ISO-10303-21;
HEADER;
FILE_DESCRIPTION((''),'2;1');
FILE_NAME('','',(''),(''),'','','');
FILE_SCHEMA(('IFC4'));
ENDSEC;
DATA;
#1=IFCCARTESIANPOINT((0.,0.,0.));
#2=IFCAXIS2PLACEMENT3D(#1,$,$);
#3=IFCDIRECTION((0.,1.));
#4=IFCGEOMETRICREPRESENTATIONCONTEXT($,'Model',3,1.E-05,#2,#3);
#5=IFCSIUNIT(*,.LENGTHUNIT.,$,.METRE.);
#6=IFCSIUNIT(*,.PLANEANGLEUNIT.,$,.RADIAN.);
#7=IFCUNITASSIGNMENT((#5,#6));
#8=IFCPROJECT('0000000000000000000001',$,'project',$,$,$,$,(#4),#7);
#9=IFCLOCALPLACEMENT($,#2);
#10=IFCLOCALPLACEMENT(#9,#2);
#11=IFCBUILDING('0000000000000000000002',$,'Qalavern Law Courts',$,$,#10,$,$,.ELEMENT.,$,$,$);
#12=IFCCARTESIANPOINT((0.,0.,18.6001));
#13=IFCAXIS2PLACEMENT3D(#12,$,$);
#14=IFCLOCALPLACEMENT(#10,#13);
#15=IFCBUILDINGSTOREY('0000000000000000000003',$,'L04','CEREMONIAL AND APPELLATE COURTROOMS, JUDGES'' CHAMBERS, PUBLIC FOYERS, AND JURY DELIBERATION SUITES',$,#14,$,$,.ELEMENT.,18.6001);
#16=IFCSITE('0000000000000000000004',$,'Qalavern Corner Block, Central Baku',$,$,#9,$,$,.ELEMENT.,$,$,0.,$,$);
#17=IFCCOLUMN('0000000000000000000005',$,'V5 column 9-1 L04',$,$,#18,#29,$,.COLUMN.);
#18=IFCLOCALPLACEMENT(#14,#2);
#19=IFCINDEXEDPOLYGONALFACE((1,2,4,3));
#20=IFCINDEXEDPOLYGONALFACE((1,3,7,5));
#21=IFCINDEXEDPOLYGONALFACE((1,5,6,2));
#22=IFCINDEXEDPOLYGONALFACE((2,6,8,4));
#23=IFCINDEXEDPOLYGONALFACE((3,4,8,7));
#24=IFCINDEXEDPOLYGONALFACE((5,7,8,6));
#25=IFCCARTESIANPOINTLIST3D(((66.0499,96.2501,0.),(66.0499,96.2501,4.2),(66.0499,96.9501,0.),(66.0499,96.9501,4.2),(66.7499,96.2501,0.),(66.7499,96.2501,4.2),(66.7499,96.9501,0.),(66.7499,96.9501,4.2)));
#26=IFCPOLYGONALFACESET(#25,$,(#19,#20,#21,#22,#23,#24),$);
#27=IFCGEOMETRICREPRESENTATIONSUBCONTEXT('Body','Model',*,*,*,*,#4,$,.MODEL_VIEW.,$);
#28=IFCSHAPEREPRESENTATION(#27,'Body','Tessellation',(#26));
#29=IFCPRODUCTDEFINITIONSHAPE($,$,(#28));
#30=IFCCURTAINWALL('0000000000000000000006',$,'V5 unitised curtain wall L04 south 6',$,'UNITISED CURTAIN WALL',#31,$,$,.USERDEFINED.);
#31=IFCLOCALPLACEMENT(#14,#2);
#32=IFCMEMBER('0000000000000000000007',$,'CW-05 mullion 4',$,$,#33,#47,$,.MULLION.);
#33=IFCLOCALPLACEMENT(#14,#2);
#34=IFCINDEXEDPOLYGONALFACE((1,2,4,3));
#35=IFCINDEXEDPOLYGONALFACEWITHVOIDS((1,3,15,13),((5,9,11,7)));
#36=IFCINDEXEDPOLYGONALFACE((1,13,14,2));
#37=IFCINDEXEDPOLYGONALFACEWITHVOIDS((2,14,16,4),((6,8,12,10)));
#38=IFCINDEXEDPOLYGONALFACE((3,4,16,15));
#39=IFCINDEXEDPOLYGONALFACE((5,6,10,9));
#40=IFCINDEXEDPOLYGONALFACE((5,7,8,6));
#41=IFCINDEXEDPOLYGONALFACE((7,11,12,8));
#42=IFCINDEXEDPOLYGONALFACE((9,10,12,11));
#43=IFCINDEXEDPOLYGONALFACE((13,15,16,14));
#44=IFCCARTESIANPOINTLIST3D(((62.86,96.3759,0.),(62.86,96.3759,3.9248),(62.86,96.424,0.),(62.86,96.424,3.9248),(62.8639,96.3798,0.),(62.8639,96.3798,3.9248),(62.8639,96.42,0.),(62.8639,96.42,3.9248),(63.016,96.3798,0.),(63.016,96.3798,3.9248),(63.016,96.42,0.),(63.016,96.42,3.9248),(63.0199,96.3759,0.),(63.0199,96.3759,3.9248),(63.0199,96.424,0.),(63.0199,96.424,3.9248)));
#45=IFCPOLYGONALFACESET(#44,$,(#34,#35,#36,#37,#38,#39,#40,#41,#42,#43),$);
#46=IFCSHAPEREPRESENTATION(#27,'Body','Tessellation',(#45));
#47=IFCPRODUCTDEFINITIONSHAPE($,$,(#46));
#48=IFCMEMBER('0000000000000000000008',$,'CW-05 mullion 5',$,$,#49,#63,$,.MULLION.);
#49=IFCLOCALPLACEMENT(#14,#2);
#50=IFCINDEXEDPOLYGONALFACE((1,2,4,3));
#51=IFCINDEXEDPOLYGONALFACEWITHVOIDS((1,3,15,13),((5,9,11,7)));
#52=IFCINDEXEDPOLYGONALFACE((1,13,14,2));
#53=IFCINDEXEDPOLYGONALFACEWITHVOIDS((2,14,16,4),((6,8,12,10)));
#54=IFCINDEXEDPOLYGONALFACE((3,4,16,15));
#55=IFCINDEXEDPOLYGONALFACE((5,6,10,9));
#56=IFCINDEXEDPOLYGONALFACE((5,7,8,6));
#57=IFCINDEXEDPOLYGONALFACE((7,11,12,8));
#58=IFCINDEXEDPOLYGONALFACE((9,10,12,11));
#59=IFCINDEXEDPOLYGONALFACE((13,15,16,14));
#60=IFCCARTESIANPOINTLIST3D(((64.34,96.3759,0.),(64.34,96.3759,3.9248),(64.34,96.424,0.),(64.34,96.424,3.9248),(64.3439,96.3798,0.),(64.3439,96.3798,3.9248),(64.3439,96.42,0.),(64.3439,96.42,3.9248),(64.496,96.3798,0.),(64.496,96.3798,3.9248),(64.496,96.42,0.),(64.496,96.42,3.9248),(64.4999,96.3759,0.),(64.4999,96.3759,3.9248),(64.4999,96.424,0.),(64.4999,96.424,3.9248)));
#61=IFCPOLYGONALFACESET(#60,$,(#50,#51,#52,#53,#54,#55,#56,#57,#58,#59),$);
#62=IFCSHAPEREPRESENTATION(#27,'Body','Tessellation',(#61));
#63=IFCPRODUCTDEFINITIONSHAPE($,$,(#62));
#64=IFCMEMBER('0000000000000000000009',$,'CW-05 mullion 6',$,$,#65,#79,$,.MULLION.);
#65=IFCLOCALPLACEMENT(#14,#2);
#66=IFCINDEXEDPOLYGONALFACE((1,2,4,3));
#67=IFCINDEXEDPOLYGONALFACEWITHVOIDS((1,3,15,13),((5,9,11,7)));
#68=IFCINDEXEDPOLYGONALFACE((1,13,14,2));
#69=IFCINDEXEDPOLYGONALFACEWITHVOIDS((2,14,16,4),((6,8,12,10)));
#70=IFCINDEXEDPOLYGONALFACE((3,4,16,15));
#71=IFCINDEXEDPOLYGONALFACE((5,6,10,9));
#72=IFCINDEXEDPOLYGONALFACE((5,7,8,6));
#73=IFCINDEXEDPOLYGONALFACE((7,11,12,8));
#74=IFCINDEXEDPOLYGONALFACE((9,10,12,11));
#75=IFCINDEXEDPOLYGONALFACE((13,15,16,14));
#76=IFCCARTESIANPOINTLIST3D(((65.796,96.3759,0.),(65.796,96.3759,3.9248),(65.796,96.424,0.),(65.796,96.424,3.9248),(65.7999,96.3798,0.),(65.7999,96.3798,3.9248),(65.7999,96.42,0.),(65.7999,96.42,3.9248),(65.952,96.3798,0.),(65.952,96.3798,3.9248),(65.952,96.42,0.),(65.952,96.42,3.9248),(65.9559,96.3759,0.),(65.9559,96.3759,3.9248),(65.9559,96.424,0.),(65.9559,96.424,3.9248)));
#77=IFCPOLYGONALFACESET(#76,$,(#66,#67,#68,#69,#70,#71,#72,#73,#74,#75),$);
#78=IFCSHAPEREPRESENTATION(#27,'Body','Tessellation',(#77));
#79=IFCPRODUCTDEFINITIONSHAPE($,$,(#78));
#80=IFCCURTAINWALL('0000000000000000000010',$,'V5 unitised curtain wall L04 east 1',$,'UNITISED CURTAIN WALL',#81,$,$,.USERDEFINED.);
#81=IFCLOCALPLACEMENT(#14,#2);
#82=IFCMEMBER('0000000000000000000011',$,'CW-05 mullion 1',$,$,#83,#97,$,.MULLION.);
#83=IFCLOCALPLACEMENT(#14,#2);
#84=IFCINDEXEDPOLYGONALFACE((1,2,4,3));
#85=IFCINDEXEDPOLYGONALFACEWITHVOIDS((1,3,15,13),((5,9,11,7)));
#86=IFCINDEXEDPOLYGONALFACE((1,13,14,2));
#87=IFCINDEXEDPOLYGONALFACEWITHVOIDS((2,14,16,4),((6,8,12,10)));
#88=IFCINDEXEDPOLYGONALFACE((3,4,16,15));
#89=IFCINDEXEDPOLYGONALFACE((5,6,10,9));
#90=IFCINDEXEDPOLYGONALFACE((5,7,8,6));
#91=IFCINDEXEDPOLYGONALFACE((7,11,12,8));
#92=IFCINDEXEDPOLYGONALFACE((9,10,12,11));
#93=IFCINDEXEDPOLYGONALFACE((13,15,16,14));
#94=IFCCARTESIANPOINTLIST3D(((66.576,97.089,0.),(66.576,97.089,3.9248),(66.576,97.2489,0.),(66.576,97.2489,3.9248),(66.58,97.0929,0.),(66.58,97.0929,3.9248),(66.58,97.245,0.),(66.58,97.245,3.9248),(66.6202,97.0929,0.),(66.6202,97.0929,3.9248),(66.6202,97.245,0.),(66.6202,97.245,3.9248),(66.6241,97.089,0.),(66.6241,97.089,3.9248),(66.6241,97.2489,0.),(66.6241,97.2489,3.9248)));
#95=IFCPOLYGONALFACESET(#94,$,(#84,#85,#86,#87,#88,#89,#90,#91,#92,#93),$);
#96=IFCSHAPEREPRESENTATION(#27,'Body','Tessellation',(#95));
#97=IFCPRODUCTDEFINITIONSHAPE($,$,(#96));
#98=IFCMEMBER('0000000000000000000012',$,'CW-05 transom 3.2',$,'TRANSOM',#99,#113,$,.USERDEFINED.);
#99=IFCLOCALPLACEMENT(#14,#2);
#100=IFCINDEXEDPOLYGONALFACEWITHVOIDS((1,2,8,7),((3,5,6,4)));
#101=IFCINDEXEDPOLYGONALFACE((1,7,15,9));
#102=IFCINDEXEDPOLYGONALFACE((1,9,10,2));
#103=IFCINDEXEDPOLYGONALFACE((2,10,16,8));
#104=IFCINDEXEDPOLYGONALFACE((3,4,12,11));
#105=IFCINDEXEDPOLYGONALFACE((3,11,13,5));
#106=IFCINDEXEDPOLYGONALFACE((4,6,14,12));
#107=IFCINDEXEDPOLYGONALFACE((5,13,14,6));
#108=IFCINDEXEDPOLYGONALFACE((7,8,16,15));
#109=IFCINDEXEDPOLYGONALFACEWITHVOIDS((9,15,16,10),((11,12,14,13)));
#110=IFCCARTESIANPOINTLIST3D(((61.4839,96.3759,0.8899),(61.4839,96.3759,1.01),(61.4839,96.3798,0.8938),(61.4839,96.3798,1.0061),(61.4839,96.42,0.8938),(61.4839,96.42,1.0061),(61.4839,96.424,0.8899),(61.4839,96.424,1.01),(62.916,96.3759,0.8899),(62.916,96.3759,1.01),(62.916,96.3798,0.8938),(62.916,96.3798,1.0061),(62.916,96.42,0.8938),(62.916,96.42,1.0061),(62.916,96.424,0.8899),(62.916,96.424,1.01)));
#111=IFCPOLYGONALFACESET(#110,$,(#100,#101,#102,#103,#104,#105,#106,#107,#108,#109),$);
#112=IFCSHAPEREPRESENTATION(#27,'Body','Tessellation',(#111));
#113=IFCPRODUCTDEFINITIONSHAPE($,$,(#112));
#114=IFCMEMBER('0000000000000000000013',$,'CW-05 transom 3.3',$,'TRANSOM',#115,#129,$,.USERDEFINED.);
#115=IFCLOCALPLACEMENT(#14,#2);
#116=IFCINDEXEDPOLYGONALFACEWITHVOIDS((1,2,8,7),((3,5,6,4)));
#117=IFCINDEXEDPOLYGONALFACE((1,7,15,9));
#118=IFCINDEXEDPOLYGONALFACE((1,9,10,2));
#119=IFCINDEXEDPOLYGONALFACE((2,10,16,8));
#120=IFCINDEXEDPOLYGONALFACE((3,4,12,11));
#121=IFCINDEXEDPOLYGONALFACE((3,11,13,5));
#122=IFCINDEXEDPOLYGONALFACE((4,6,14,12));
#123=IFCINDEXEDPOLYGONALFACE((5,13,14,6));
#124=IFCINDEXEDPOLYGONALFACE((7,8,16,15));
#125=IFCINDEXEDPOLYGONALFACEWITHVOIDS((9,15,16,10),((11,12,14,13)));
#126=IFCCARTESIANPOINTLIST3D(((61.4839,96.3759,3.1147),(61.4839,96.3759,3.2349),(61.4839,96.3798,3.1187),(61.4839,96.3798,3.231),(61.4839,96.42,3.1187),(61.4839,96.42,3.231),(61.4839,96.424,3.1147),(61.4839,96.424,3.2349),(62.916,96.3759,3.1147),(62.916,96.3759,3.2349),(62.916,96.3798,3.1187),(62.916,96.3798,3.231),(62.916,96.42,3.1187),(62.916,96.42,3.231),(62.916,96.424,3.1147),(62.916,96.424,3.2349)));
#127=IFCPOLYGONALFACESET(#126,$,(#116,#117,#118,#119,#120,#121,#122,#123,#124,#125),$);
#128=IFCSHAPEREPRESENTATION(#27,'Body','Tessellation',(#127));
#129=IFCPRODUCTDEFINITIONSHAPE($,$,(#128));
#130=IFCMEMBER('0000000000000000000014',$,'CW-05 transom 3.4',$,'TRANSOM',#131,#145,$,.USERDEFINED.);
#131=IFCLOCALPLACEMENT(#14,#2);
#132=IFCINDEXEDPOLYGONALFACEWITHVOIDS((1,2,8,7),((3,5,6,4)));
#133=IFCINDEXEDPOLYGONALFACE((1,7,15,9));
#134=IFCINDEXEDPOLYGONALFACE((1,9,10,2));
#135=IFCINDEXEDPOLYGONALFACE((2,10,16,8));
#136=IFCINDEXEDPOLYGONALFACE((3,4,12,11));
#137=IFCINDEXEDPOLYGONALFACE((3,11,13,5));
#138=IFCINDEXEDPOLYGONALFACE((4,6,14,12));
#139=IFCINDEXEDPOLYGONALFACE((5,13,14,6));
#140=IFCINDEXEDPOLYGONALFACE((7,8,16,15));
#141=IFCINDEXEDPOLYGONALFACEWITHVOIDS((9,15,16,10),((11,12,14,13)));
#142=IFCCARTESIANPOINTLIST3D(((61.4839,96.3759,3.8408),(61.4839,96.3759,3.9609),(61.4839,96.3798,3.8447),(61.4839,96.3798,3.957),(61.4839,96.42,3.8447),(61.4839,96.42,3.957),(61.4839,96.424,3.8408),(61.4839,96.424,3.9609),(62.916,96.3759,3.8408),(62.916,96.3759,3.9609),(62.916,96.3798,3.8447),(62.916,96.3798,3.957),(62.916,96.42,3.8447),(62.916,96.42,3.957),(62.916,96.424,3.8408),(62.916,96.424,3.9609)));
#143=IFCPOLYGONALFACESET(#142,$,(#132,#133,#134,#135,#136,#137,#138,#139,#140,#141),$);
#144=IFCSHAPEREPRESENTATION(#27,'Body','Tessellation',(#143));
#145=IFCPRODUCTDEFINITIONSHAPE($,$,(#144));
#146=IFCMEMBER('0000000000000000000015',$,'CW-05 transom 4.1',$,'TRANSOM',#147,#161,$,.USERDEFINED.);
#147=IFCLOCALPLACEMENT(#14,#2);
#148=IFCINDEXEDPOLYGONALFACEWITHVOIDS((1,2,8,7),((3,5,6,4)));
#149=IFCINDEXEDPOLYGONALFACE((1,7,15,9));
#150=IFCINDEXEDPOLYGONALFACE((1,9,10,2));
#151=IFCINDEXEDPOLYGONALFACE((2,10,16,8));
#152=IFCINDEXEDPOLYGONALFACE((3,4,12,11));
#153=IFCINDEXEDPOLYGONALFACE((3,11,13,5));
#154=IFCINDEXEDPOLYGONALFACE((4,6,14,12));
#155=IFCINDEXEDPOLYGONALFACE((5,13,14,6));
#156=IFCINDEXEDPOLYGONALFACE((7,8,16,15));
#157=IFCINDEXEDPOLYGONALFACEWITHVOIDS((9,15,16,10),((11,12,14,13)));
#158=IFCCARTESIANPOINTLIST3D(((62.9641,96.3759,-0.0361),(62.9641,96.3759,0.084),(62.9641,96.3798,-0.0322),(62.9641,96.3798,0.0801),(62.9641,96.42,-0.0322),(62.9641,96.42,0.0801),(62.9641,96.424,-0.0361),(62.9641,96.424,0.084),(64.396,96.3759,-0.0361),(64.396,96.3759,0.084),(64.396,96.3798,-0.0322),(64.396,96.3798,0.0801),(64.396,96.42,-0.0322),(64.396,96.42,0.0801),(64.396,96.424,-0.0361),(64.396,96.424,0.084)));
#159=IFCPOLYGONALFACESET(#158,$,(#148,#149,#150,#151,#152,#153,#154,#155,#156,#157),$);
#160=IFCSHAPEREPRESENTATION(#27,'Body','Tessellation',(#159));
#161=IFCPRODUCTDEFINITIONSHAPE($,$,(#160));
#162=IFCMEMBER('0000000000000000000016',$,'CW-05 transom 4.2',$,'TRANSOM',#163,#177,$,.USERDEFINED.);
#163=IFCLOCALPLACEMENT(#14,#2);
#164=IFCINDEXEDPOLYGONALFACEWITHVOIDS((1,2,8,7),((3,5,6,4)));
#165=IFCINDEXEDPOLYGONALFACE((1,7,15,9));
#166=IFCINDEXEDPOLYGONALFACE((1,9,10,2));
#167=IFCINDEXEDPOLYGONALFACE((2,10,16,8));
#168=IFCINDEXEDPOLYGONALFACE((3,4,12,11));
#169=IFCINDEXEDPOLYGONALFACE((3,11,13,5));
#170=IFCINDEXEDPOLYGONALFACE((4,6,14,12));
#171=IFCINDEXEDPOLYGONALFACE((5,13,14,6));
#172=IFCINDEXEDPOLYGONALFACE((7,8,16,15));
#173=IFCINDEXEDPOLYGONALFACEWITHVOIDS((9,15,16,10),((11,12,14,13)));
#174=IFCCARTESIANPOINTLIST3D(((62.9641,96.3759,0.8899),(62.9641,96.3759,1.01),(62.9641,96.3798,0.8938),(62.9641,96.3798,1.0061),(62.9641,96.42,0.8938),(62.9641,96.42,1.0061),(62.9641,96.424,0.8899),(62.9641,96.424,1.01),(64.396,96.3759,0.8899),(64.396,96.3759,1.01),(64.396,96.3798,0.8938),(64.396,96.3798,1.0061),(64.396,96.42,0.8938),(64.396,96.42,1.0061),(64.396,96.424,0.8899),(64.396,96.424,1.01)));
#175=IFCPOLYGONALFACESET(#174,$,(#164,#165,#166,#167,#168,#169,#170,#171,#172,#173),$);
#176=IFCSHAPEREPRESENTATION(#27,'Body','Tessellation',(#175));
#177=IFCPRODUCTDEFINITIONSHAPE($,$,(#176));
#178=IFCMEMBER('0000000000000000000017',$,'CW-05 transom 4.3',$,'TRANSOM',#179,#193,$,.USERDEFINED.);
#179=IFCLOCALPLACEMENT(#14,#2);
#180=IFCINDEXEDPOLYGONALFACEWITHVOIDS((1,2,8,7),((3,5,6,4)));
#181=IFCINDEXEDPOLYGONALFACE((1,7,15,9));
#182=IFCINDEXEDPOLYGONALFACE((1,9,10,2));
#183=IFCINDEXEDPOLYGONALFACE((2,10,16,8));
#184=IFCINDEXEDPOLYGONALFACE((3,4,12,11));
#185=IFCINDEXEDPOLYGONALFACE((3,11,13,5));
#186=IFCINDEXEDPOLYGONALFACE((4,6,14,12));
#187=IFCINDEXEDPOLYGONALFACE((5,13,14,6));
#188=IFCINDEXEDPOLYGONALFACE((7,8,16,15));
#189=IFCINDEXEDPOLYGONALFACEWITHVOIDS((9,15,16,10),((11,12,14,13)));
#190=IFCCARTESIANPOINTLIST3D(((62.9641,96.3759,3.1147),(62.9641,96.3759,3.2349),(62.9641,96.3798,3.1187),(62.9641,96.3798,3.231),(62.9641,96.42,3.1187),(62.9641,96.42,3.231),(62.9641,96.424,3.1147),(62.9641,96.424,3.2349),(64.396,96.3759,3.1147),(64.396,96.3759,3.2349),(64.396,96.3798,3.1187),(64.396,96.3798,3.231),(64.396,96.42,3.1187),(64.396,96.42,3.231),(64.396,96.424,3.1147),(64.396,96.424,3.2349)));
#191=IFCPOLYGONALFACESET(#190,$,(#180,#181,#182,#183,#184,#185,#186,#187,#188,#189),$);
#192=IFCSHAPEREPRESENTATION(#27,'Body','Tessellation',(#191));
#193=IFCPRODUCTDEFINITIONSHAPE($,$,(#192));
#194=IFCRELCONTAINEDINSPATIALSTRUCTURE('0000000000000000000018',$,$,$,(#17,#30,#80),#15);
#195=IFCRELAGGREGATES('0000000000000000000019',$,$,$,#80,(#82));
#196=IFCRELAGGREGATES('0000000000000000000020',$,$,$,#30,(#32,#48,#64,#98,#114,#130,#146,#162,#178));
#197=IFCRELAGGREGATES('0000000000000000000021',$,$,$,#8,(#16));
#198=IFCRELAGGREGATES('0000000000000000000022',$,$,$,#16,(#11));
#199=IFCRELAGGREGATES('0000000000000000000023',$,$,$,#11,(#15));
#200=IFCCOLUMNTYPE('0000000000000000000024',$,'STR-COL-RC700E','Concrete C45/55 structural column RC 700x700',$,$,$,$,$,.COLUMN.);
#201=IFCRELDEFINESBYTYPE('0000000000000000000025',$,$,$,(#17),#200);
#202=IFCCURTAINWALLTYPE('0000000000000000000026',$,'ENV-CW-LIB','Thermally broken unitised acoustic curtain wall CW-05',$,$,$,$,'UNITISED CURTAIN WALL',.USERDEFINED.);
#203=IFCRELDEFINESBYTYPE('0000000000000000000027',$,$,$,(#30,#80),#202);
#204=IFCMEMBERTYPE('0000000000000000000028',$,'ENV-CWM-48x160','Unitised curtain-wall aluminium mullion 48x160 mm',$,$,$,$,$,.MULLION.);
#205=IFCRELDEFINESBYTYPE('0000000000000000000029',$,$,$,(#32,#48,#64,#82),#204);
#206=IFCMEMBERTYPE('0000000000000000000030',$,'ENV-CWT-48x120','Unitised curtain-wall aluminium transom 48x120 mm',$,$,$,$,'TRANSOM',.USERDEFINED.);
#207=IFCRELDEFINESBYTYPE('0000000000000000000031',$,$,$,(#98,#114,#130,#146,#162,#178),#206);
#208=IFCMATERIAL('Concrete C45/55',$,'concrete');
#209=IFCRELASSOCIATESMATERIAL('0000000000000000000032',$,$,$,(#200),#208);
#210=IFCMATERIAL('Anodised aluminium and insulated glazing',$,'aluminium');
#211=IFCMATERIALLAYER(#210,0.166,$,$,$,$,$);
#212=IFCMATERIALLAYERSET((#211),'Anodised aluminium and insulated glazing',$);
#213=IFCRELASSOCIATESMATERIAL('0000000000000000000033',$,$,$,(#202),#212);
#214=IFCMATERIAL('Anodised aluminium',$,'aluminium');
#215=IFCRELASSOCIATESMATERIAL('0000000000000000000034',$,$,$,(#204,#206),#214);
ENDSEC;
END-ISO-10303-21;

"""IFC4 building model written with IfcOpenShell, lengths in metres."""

from ifc_helpers import new_model, si_unit, direction, frame, origin, origin_2d, place, context, subcontext, project, spatial, rectangle, hollow_rectangle, extrude, material, layer, layer_set, material_profile, profile_set, type_object, element, aggregate, save


model = new_model("IFC4")

# Units and contexts
model_context = context("Model", 3, precision=1e-05, world=origin(), true_north=direction((0.0, 1.0)))
body_context = subcontext(model_context, "Body", "Model", "MODEL_VIEW")
ifc_project = project(units=[si_unit("LENGTHUNIT", "METRE"), si_unit("PLANEANGLEUNIT", "RADIAN")], contexts=[model_context])

# Site, building, storey
site_placement = place(None, origin())
site = spatial("IfcSite", under=ifc_project, at=site_placement, Name="Qalavern Corner Block, Central Baku", CompositionType="ELEMENT", RefElevation=0.0)
building_placement = place(site_placement, origin())
building = spatial("IfcBuilding", under=site, at=building_placement, Name="Qalavern Law Courts", CompositionType="ELEMENT")
storey_placement = place(building_placement, frame((0.0, 0.0, 18.6001)))
storey = spatial("IfcBuildingStorey", under=building, at=storey_placement, Name="L04", Description="CEREMONIAL AND APPELLATE COURTROOMS, JUDGES' CHAMBERS, PUBLIC FOYERS, AND JURY DELIBERATION SUITES", CompositionType="ELEMENT", Elevation=18.6001)

# Column
ifc_material_1 = material(Name="Concrete C45/55", Category="concrete")
ifc_material_profile_1 = material_profile(ifc_material_1, rectangle(XDim=0.7, YDim=0.7, at=origin_2d()), Name="RC 700x700")
ifc_profile_set_1 = profile_set([ifc_material_profile_1], Name="Concrete C45/55")
column_type = type_object("IfcColumnType", Name="STR-COL-RC700E", Description="Concrete C45/55 structural column RC 700x700", PredefinedType="COLUMN", material=ifc_profile_set_1)
column_placement = place(storey_placement, frame((66.3999, 96.6001, 0.0), z_axis=(0.0, 0.0, 1.0), x_axis=(1.0, 0.0, 0.0)))
element("IfcColumn", 1, at=column_placement, inside=storey, type_object=column_type, Name="V5 column 9-1 L04", PredefinedType="COLUMN", context=body_context, shape_type="SweptSolid", body=[
    extrude(rectangle(XDim=0.7, YDim=0.7, at=origin_2d()), origin(), (0.0, 0.0, 1.0), 4.2),
])

# Curtain wall, members
ifc_material_2 = material(Name="Anodised aluminium and insulated glazing", Category="aluminium")
ifc_layer_1 = layer(ifc_material_2, 0.166)
ifc_layer_set_1 = layer_set([ifc_layer_1], Name="Anodised aluminium and insulated glazing")
curtain_wall_type = type_object("IfcCurtainWallType", Name="ENV-CW-LIB", Description="Thermally broken unitised acoustic curtain wall CW-05", ElementType="UNITISED CURTAIN WALL", PredefinedType="USERDEFINED", material=ifc_layer_set_1)
curtain_wall_1_placement = place(storey_placement, origin())
curtain_wall_1 = element("IfcCurtainWall", 2, at=curtain_wall_1_placement, inside=storey, type_object=curtain_wall_type, Name="V5 unitised curtain wall L04 south 6", ObjectType="UNITISED CURTAIN WALL", PredefinedType="USERDEFINED")
ifc_material_3 = material(Name="Anodised aluminium", Category="aluminium")
ifc_material_profile_2 = material_profile(ifc_material_3, hollow_rectangle(XDim=0.0481, YDim=0.1599, WallThickness=0.0039, at=origin_2d()), Name="ALU MULLION 48x160")
ifc_profile_set_2 = profile_set([ifc_material_profile_2], Name="Anodised aluminium")
member_type_1 = type_object("IfcMemberType", Name="ENV-CWM-48x160", Description="Unitised curtain-wall aluminium mullion 48x160 mm", PredefinedType="MULLION", material=ifc_profile_set_2)
member_1_placement = place(storey_placement, frame((62.9399, 96.3999, 0.0), z_axis=(0.0, 0.0, 1.0), x_axis=(0.0, 1.0, 0.0)))
member_1 = element("IfcMember", 3, at=member_1_placement, type_object=member_type_1, Name="CW-05 mullion 4", PredefinedType="MULLION", context=body_context, shape_type="SweptSolid", body=[
    extrude(hollow_rectangle(XDim=0.0481, YDim=0.1599, WallThickness=0.0039, at=origin_2d()), origin(), (0.0, 0.0, 1.0), 3.9248),
])
member_2_placement = place(storey_placement, frame((64.4199, 96.3999, 0.0), z_axis=(0.0, 0.0, 1.0), x_axis=(0.0, 1.0, 0.0)))
member_2 = element("IfcMember", 4, at=member_2_placement, type_object=member_type_1, Name="CW-05 mullion 5", PredefinedType="MULLION", context=body_context, shape_type="SweptSolid", body=[
    extrude(hollow_rectangle(XDim=0.0481, YDim=0.1599, WallThickness=0.0039, at=origin_2d()), origin(), (0.0, 0.0, 1.0), 3.9248),
])
member_3_placement = place(storey_placement, frame((65.876, 96.3999, 0.0), z_axis=(0.0, 0.0, 1.0), x_axis=(0.0, 1.0, 0.0)))
member_3 = element("IfcMember", 5, at=member_3_placement, type_object=member_type_1, Name="CW-05 mullion 6", PredefinedType="MULLION", context=body_context, shape_type="SweptSolid", body=[
    extrude(hollow_rectangle(XDim=0.0481, YDim=0.1599, WallThickness=0.0039, at=origin_2d()), origin(), (0.0, 0.0, 1.0), 3.9248),
])

# Curtain wall, member
curtain_wall_2_placement = place(storey_placement, origin())
curtain_wall_2 = element("IfcCurtainWall", 6, at=curtain_wall_2_placement, inside=storey, type_object=curtain_wall_type, Name="V5 unitised curtain wall L04 east 1", ObjectType="UNITISED CURTAIN WALL", PredefinedType="USERDEFINED")
member_4_placement = place(storey_placement, frame((66.6001, 97.1689, 0.0), z_axis=(0.0, 0.0, 1.0), x_axis=(-1.0, 0.0, 0.0)))
member_4 = element("IfcMember", 7, at=member_4_placement, type_object=member_type_1, Name="CW-05 mullion 1", PredefinedType="MULLION", context=body_context, shape_type="SweptSolid", body=[
    extrude(hollow_rectangle(XDim=0.0481, YDim=0.1599, WallThickness=0.0039, at=origin_2d()), origin(), (0.0, 0.0, 1.0), 3.9248),
])

# Members
ifc_material_profile_3 = material_profile(ifc_material_3, hollow_rectangle(XDim=0.0481, YDim=0.1201, WallThickness=0.0039, at=origin_2d()), Name="ALU TRANSOM 48x120")
ifc_profile_set_3 = profile_set([ifc_material_profile_3], Name="Anodised aluminium")
member_type_2 = type_object("IfcMemberType", Name="ENV-CWT-48x120", Description="Unitised curtain-wall aluminium transom 48x120 mm", ElementType="TRANSOM", PredefinedType="USERDEFINED", material=ifc_profile_set_3)
member_5_placement = place(storey_placement, frame((61.4839, 96.3999, 0.95), z_axis=(1.0, 0.0, 0.0), x_axis=(0.0, 1.0, 0.0)))
member_5 = element("IfcMember", 8, at=member_5_placement, type_object=member_type_2, Name="CW-05 transom 3.2", ObjectType="TRANSOM", PredefinedType="USERDEFINED", context=body_context, shape_type="SweptSolid", body=[
    extrude(hollow_rectangle(XDim=0.0481, YDim=0.1201, WallThickness=0.0039, at=origin_2d()), origin(), (0.0, 0.0, 1.0), 1.4321),
])
member_6_placement = place(storey_placement, frame((61.4839, 96.3999, 3.1748), z_axis=(1.0, 0.0, 0.0), x_axis=(0.0, 1.0, 0.0)))
member_6 = element("IfcMember", 9, at=member_6_placement, type_object=member_type_2, Name="CW-05 transom 3.3", ObjectType="TRANSOM", PredefinedType="USERDEFINED", context=body_context, shape_type="SweptSolid", body=[
    extrude(hollow_rectangle(XDim=0.0481, YDim=0.1201, WallThickness=0.0039, at=origin_2d()), origin(), (0.0, 0.0, 1.0), 1.4321),
])
member_7_placement = place(storey_placement, frame((61.4839, 96.3999, 3.9009), z_axis=(1.0, 0.0, 0.0), x_axis=(0.0, 1.0, 0.0)))
member_7 = element("IfcMember", 10, at=member_7_placement, type_object=member_type_2, Name="CW-05 transom 3.4", ObjectType="TRANSOM", PredefinedType="USERDEFINED", context=body_context, shape_type="SweptSolid", body=[
    extrude(hollow_rectangle(XDim=0.0481, YDim=0.1201, WallThickness=0.0039, at=origin_2d()), origin(), (0.0, 0.0, 1.0), 1.4321),
])
member_8_placement = place(storey_placement, frame((62.9641, 96.3999, 0.0239), z_axis=(1.0, 0.0, 0.0), x_axis=(0.0, 1.0, 0.0)))
member_8 = element("IfcMember", 11, at=member_8_placement, type_object=member_type_2, Name="CW-05 transom 4.1", ObjectType="TRANSOM", PredefinedType="USERDEFINED", context=body_context, shape_type="SweptSolid", body=[
    extrude(hollow_rectangle(XDim=0.0481, YDim=0.1201, WallThickness=0.0039, at=origin_2d()), origin(), (0.0, 0.0, 1.0), 1.4319),
])
member_9_placement = place(storey_placement, frame((62.9641, 96.3999, 0.95), z_axis=(1.0, 0.0, 0.0), x_axis=(0.0, 1.0, 0.0)))
member_9 = element("IfcMember", 12, at=member_9_placement, type_object=member_type_2, Name="CW-05 transom 4.2", ObjectType="TRANSOM", PredefinedType="USERDEFINED", context=body_context, shape_type="SweptSolid", body=[
    extrude(hollow_rectangle(XDim=0.0481, YDim=0.1201, WallThickness=0.0039, at=origin_2d()), origin(), (0.0, 0.0, 1.0), 1.4319),
])
member_10_placement = place(storey_placement, frame((62.9641, 96.3999, 3.1748), z_axis=(1.0, 0.0, 0.0), x_axis=(0.0, 1.0, 0.0)))
member_10 = element("IfcMember", 13, at=member_10_placement, type_object=member_type_2, Name="CW-05 transom 4.3", ObjectType="TRANSOM", PredefinedType="USERDEFINED", context=body_context, shape_type="SweptSolid", body=[
    extrude(hollow_rectangle(XDim=0.0481, YDim=0.1201, WallThickness=0.0039, at=origin_2d()), origin(), (0.0, 0.0, 1.0), 1.4319),
])
aggregate(curtain_wall_2, [member_4])

aggregate(curtain_wall_1, [member_1, member_2, member_3, member_5, member_6, member_7, member_8, member_9, member_10])

save(model, "model.ifc")
